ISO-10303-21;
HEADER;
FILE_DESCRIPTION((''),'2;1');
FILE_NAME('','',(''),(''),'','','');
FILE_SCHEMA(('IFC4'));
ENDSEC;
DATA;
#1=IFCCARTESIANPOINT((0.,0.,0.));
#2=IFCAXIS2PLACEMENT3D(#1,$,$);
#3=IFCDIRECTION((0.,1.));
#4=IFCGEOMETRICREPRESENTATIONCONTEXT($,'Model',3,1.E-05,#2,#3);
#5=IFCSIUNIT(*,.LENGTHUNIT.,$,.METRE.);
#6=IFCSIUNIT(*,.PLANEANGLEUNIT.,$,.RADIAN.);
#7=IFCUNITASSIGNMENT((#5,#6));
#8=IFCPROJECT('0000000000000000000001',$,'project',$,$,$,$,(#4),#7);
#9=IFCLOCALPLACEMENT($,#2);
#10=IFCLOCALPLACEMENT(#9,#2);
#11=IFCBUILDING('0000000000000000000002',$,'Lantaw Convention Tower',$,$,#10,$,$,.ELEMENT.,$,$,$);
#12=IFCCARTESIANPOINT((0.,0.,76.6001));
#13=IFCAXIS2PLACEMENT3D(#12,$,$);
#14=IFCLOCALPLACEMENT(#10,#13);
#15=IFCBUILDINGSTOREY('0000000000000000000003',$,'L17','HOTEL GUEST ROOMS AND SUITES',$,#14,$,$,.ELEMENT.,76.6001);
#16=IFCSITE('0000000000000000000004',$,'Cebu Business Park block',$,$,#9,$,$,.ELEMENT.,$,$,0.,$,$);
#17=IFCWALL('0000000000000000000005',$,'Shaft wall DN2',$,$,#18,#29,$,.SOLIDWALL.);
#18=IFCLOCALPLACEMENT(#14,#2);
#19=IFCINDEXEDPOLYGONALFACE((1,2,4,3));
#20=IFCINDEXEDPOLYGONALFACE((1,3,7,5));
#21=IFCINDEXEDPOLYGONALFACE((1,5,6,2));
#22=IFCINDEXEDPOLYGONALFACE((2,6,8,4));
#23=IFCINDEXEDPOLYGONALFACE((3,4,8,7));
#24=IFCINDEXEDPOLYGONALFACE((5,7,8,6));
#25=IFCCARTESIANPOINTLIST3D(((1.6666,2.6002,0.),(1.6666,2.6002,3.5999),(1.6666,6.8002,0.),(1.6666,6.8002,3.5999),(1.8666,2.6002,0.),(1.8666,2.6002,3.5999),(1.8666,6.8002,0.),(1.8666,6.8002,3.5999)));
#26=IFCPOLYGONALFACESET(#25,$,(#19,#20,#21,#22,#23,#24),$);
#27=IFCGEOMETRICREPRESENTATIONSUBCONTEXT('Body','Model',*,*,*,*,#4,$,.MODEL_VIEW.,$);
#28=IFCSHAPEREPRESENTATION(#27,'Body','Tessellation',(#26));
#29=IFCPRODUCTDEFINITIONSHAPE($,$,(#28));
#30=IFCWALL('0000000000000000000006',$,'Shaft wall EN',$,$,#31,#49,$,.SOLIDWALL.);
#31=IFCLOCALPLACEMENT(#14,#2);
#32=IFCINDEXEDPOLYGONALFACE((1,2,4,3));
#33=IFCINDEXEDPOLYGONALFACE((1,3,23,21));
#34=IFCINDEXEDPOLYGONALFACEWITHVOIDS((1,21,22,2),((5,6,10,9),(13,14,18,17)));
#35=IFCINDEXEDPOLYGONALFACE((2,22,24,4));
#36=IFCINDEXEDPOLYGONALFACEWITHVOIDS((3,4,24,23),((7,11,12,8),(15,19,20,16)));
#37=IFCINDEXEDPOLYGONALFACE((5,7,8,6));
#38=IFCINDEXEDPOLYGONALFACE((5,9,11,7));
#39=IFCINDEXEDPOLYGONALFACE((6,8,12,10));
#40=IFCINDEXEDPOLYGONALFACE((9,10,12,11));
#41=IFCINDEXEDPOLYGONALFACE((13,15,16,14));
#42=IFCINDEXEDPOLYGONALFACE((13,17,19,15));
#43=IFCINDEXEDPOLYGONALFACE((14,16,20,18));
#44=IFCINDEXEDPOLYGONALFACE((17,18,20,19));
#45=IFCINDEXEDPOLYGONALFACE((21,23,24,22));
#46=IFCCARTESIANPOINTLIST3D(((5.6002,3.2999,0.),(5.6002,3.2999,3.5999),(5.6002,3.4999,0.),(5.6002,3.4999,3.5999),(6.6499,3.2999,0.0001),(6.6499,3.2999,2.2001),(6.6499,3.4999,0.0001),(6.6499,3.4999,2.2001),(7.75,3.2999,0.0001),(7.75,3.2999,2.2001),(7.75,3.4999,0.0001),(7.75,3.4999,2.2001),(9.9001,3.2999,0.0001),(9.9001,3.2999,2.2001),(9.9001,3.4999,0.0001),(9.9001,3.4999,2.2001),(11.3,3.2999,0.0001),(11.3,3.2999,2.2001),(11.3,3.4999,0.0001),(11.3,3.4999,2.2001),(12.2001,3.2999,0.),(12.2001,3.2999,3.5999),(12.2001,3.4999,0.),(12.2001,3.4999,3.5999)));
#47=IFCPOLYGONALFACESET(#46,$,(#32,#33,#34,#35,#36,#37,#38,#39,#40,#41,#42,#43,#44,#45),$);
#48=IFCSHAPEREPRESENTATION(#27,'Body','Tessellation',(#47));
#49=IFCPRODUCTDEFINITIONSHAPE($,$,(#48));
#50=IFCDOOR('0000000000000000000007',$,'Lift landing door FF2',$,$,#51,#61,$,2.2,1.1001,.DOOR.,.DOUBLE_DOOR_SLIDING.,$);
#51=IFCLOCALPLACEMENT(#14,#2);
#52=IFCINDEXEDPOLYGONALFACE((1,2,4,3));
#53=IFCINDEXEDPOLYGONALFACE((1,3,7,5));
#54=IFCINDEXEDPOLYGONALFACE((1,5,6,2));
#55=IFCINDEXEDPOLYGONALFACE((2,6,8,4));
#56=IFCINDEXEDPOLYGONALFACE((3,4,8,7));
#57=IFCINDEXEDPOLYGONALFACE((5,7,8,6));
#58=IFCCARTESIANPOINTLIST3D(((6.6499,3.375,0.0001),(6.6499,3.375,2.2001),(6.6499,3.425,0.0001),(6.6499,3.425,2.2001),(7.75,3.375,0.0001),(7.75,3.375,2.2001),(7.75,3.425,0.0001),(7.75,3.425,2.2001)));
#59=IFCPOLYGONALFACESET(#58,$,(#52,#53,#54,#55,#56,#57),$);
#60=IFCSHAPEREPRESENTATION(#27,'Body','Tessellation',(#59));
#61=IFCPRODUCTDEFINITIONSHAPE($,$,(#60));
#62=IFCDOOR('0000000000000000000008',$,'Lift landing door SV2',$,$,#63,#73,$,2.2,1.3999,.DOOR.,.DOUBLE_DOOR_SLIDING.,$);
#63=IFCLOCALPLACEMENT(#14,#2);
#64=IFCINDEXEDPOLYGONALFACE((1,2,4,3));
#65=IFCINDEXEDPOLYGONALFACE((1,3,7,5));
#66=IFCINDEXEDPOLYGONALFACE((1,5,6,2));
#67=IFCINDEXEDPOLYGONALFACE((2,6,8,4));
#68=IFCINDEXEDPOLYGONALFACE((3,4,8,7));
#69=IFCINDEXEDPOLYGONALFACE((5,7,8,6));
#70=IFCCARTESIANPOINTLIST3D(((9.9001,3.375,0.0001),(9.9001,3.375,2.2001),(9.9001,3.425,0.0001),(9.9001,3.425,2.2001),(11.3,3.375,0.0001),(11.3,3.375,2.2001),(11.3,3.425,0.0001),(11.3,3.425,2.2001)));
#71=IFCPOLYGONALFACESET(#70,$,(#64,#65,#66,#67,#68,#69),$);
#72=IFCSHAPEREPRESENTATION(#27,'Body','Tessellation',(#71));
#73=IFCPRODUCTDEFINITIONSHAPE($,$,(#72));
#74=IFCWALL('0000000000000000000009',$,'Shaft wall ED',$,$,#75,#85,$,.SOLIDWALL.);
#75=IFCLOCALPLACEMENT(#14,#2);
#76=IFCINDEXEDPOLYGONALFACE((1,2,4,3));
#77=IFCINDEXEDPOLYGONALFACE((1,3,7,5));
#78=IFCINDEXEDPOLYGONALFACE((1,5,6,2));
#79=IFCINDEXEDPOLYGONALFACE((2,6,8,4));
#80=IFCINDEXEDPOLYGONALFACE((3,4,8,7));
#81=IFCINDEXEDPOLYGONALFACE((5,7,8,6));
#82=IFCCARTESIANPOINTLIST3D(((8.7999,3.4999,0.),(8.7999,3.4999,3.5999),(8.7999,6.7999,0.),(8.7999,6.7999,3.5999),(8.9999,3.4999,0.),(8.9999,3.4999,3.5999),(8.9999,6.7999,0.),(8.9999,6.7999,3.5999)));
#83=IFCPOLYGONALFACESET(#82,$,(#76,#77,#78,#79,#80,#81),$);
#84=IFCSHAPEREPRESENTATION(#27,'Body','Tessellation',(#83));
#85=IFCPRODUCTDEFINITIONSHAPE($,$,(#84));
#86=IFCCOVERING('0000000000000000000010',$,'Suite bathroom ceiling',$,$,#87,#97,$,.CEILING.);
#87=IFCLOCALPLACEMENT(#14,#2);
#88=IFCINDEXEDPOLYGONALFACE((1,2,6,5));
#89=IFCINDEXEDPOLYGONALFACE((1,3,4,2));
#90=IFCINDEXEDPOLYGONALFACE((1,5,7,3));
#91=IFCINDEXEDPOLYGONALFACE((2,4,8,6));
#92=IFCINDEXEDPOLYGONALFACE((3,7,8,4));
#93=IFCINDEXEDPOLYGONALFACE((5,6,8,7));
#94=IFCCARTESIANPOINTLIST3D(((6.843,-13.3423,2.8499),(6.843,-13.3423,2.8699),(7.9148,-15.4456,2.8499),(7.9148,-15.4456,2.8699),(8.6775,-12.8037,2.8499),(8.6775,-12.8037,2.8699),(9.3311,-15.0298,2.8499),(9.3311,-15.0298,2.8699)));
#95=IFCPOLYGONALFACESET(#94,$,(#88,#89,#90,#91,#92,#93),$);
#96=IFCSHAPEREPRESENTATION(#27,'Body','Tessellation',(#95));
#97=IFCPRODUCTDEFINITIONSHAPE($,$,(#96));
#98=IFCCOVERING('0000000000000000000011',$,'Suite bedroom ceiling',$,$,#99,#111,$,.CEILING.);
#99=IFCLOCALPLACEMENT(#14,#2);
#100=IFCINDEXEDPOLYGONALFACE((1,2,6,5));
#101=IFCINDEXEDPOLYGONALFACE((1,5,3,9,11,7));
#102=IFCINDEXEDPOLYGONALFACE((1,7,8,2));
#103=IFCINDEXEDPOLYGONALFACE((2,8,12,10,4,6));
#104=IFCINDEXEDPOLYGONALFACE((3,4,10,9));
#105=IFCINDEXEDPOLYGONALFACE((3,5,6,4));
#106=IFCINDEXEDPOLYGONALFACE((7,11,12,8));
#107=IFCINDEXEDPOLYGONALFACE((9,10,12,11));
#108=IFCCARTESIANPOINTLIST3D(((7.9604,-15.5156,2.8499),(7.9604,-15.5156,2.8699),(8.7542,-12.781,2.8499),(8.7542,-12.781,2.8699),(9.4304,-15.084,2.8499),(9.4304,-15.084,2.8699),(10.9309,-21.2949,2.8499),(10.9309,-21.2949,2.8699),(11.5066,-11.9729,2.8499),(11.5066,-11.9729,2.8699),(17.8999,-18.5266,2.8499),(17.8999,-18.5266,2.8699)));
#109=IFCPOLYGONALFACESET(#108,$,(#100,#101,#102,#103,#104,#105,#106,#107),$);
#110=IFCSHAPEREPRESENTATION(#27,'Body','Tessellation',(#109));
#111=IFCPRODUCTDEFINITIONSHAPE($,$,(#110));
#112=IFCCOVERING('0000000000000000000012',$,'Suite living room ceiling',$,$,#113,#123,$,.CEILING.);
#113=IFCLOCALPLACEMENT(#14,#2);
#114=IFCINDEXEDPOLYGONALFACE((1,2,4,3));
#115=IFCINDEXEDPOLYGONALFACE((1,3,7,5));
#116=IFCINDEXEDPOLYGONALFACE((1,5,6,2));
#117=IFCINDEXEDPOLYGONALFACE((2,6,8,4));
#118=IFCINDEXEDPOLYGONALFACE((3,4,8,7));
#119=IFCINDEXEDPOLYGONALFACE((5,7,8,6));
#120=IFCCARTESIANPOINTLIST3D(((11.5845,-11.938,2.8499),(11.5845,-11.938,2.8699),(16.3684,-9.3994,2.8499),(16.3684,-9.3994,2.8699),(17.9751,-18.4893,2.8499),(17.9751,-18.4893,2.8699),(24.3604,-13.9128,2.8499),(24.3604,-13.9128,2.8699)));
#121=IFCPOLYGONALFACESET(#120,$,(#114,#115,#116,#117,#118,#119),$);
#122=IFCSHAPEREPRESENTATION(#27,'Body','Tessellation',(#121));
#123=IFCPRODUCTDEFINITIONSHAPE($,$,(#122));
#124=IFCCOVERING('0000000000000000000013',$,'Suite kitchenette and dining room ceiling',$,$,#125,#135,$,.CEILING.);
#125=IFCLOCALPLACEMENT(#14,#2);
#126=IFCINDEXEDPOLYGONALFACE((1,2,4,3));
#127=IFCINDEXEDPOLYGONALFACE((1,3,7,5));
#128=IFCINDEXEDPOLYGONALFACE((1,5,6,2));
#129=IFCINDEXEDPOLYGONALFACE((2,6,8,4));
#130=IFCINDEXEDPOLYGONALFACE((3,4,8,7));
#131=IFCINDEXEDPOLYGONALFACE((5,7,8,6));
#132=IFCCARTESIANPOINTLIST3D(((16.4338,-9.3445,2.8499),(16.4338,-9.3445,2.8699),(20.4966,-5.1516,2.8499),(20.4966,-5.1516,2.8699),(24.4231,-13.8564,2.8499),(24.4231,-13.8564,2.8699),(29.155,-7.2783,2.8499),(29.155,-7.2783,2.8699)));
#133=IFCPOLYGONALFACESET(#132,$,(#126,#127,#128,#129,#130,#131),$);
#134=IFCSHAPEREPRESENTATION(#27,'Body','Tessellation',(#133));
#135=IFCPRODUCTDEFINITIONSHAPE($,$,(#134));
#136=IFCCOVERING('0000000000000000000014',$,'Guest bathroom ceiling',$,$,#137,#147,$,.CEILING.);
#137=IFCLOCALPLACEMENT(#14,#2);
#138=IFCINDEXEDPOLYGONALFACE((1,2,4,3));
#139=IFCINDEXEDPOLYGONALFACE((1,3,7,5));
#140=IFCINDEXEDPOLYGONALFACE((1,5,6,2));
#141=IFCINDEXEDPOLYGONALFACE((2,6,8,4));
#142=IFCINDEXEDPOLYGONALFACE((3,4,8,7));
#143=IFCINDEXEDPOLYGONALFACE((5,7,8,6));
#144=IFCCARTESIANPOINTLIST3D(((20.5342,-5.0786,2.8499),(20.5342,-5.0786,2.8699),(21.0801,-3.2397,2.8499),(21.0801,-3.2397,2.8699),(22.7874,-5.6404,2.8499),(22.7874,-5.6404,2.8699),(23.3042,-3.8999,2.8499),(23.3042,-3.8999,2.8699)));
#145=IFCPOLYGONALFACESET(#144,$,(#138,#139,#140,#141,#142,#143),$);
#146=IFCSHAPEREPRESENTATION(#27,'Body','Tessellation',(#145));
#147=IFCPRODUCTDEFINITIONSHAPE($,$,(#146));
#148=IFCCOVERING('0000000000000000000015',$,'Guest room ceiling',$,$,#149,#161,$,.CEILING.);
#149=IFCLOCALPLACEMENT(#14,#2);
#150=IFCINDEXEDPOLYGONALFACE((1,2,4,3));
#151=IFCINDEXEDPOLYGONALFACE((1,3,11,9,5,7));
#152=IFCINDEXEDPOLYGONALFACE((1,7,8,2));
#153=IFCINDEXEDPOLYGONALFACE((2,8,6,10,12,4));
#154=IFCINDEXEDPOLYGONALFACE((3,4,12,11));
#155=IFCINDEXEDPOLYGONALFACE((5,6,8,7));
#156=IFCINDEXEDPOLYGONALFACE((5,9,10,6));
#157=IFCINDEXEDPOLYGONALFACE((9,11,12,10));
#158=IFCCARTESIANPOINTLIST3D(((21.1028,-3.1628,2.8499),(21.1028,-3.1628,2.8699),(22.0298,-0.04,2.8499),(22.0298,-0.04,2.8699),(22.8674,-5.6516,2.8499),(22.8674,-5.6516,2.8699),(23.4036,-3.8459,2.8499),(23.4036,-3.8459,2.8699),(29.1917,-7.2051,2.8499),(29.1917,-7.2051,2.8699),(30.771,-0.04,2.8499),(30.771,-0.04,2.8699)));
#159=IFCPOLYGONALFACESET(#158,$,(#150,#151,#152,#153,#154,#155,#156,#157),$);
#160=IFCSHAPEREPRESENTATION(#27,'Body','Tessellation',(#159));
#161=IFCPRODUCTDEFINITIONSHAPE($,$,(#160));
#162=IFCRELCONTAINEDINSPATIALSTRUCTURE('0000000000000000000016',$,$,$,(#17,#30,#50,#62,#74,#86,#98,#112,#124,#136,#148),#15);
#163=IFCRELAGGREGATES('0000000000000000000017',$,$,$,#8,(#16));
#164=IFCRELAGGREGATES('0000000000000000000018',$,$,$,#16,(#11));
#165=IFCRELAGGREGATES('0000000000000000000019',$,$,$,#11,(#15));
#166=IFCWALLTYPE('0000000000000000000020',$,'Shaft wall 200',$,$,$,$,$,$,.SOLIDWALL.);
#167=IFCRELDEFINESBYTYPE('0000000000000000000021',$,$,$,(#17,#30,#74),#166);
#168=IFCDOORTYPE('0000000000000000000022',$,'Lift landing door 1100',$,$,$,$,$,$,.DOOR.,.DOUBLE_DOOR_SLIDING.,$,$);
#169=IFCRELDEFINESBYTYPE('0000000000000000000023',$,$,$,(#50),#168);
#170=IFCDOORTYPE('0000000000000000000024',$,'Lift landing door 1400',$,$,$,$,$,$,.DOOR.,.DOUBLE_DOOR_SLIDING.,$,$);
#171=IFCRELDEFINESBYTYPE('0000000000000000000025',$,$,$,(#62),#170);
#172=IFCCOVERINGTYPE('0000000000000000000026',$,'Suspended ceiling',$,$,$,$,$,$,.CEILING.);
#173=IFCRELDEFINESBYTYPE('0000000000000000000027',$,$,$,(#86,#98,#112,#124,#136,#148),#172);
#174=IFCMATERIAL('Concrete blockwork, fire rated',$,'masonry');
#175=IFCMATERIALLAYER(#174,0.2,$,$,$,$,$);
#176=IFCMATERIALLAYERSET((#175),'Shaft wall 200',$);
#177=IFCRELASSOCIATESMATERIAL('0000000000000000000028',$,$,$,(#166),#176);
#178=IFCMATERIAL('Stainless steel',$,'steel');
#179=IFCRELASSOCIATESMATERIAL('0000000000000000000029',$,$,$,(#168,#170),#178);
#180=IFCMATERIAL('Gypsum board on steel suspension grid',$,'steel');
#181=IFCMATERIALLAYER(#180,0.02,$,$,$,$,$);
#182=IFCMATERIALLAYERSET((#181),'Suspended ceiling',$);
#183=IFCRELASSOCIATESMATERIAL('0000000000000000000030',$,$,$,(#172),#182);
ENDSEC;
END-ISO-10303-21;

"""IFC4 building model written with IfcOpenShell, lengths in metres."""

from ifc_helpers import new_model, si_unit, direction, frame, frame_2d, origin, place, context, subcontext, project, spatial, polyline, rectangle, outline, extrude, material, layer, layer_set, type_object, element, fill, save


model = new_model("IFC4")

# Units and contexts
model_context = context("Model", 3, precision=1e-05, world=origin(), true_north=direction((0.0, 1.0)))
body_context = subcontext(model_context, "Body", "Model", "MODEL_VIEW")
ifc_project = project(units=[si_unit("LENGTHUNIT", "METRE"), si_unit("PLANEANGLEUNIT", "RADIAN")], contexts=[model_context])

# Site, building, storey
site_placement = place(None, origin())
site = spatial("IfcSite", under=ifc_project, at=site_placement, Name="Cebu Business Park block", CompositionType="ELEMENT", RefElevation=0.0)
building_placement = place(site_placement, origin())
building = spatial("IfcBuilding", under=site, at=building_placement, Name="Lantaw Convention Tower", CompositionType="ELEMENT")
storey_placement = place(building_placement, frame((0.0, 0.0, 76.6001)))
storey = spatial("IfcBuildingStorey", under=building, at=storey_placement, Name="L17", Description="HOTEL GUEST ROOMS AND SUITES", CompositionType="ELEMENT", Elevation=76.6001)

# Wall
ifc_material_1 = material(Name="Concrete blockwork, fire rated", Category="masonry")
ifc_layer_1 = layer(ifc_material_1, 0.2)
ifc_layer_set_1 = layer_set([ifc_layer_1], Name="Shaft wall 200")
wall_type_1 = type_object("IfcWallType", Name="Shaft wall 200", PredefinedType="SOLIDWALL", material=ifc_layer_set_1)
wall_1_placement = place(storey_placement, frame((1.7666, 2.6001, 0.0), z_axis=(0.0, 0.0, 1.0), x_axis=(0.0, 1.0, 0.0)))
element("IfcWall", 1, at=wall_1_placement, inside=storey, type_object=wall_type_1, Name="Shaft wall DN2", PredefinedType="SOLIDWALL", context=body_context, shape_type="SweptSolid", body=[
    extrude(rectangle(XDim=4.2, YDim=0.2, at=frame_2d((2.1001, 0.0))), origin(), (0.0, 0.0, 1.0), 3.5999),
])

# Wall, openings, doors
wall_2_placement = place(storey_placement, frame((12.2, 3.3999, 0.0), z_axis=(0.0, 0.0, 1.0), x_axis=(-1.0, 0.0, 0.0)))
wall_2 = element("IfcWall", 2, at=wall_2_placement, inside=storey, type_object=wall_type_1, Name="Shaft wall EN", PredefinedType="SOLIDWALL", context=body_context, shape_type="SweptSolid", body=[
    extrude(rectangle(XDim=6.5999, YDim=0.2, at=frame_2d((3.2998, 0.0))), origin(), (0.0, 0.0, 1.0), 3.5999),
])
opening_1_placement = place(wall_2_placement, frame((4.45, 0.0, 0.0)))
opening_1 = element("IfcOpeningElement", 3, at=opening_1_placement, cuts=wall_2, PredefinedType="OPENING", context=body_context, shape_type="SweptSolid", body=[
    extrude(rectangle(XDim=1.1001, YDim=2.2, at=frame_2d((0.55, 1.1001))), frame((0.0, 0.1099, 0.0), z_axis=(0.0, -1.0, 0.0), x_axis=(1.0, 0.0, 0.0)), (0.0, 0.0, 1.0), 0.22),
])
opening_2_placement = place(wall_2_placement, frame((0.8999, 0.0, 0.0)))
opening_2 = element("IfcOpeningElement", 4, at=opening_2_placement, cuts=wall_2, PredefinedType="OPENING", context=body_context, shape_type="SweptSolid", body=[
    extrude(rectangle(XDim=1.3999, YDim=2.2, at=frame_2d((0.7, 1.1001))), frame((0.0, 0.1099, 0.0), z_axis=(0.0, -1.0, 0.0), x_axis=(1.0, 0.0, 0.0)), (0.0, 0.0, 1.0), 0.22),
])
ifc_material_2 = material(Name="Stainless steel", Category="steel")
door_type_1 = type_object("IfcDoorType", Name="Lift landing door 1100", OperationType="DOUBLE_DOOR_SLIDING", PredefinedType="DOOR", material=ifc_material_2)
door_1_placement = place(opening_1_placement, origin())
door_1 = element("IfcDoor", 5, at=door_1_placement, inside=storey, type_object=door_type_1, Name="Lift landing door FF2", OperationType="DOUBLE_DOOR_SLIDING", OverallHeight=2.2, OverallWidth=1.1001, PredefinedType="DOOR", context=body_context, shape_type="SweptSolid", body=[
    extrude(rectangle(XDim=1.1001, YDim=2.2, at=frame_2d((0.55, 1.1001))), frame((0.0, 0.0249, 0.0), z_axis=(0.0, -1.0, 0.0), x_axis=(1.0, 0.0, 0.0)), (0.0, 0.0, 1.0), 0.05),
])
fill(opening_1, door_1)
door_type_2 = type_object("IfcDoorType", Name="Lift landing door 1400", OperationType="DOUBLE_DOOR_SLIDING", PredefinedType="DOOR", material=ifc_material_2)
door_2_placement = place(opening_2_placement, origin())
door_2 = element("IfcDoor", 6, at=door_2_placement, inside=storey, type_object=door_type_2, Name="Lift landing door SV2", OperationType="DOUBLE_DOOR_SLIDING", OverallHeight=2.2, OverallWidth=1.3999, PredefinedType="DOOR", context=body_context, shape_type="SweptSolid", body=[
    extrude(rectangle(XDim=1.3999, YDim=2.2, at=frame_2d((0.7, 1.1001))), frame((0.0, 0.0249, 0.0), z_axis=(0.0, -1.0, 0.0), x_axis=(1.0, 0.0, 0.0)), (0.0, 0.0, 1.0), 0.05),
])
fill(opening_2, door_2)

# Wall
wall_3_placement = place(storey_placement, frame((8.8999, 3.5, 0.0), z_axis=(0.0, 0.0, 1.0), x_axis=(0.0, 1.0, 0.0)))
element("IfcWall", 7, at=wall_3_placement, inside=storey, type_object=wall_type_1, Name="Shaft wall ED", PredefinedType="SOLIDWALL", context=body_context, shape_type="SweptSolid", body=[
    extrude(rectangle(XDim=3.3, YDim=0.2, at=frame_2d((1.6499, 0.0))), origin(), (0.0, 0.0, 1.0), 3.5999),
])

# Coverings
ifc_material_3 = material(Name="Gypsum board on steel suspension grid", Category="steel")
ifc_layer_2 = layer(ifc_material_3, 0.02)
ifc_layer_set_2 = layer_set([ifc_layer_2], Name="Suspended ceiling")
covering_type = type_object("IfcCoveringType", Name="Suspended ceiling", PredefinedType="CEILING", material=ifc_layer_set_2)
covering_1_placement = place(storey_placement, frame((0.0, 0.0, 2.8499)))
element("IfcCovering", 8, at=covering_1_placement, inside=storey, type_object=covering_type, Name="Suite bathroom ceiling", PredefinedType="CEILING", context=body_context, shape_type="SweptSolid", body=[
    extrude(outline(polyline([(6.843, -13.3423), (7.9148, -15.4456), (9.3311, -15.0298), (8.6775, -12.8037), (6.843, -13.3423)])), origin(), (0.0, 0.0, 1.0), 0.02),
])
covering_2_placement = place(storey_placement, frame((0.0, 0.0, 2.8499)))
element("IfcCovering", 9, at=covering_2_placement, inside=storey, type_object=covering_type, Name="Suite bedroom ceiling", PredefinedType="CEILING", context=body_context, shape_type="SweptSolid", body=[
    extrude(outline(polyline([(11.5066, -11.9729), (8.7542, -12.781), (9.4304, -15.084), (7.9604, -15.5156), (10.9309, -21.2949), (17.8999, -18.5266), (11.5066, -11.9729)])), origin(), (0.0, 0.0, 1.0), 0.02),
])
covering_3_placement = place(storey_placement, frame((0.0, 0.0, 2.8499)))
element("IfcCovering", 10, at=covering_3_placement, inside=storey, type_object=covering_type, Name="Suite living room ceiling", PredefinedType="CEILING", context=body_context, shape_type="SweptSolid", body=[
    extrude(outline(polyline([(11.5845, -11.938), (17.9751, -18.4893), (24.3604, -13.9128), (16.3684, -9.3994), (11.5845, -11.938)])), origin(), (0.0, 0.0, 1.0), 0.02),
])
covering_4_placement = place(storey_placement, frame((0.0, 0.0, 2.8499)))
element("IfcCovering", 11, at=covering_4_placement, inside=storey, type_object=covering_type, Name="Suite kitchenette and dining room ceiling", PredefinedType="CEILING", context=body_context, shape_type="SweptSolid", body=[
    extrude(outline(polyline([(16.4338, -9.3445), (24.4231, -13.8564), (29.155, -7.2783), (20.4966, -5.1516), (16.4338, -9.3445)])), origin(), (0.0, 0.0, 1.0), 0.02),
])
covering_5_placement = place(storey_placement, frame((0.0, 0.0, 2.8499)))
element("IfcCovering", 12, at=covering_5_placement, inside=storey, type_object=covering_type, Name="Guest bathroom ceiling", PredefinedType="CEILING", context=body_context, shape_type="SweptSolid", body=[
    extrude(outline(polyline([(20.5342, -5.0786), (22.7874, -5.6404), (23.3042, -3.8999), (21.0801, -3.2397), (20.5342, -5.0786)])), origin(), (0.0, 0.0, 1.0), 0.02),
])
covering_6_placement = place(storey_placement, frame((0.0, 0.0, 2.8499)))
element("IfcCovering", 13, at=covering_6_placement, inside=storey, type_object=covering_type, Name="Guest room ceiling", PredefinedType="CEILING", context=body_context, shape_type="SweptSolid", body=[
    extrude(outline(polyline([(22.0298, -0.04), (21.1028, -3.1628), (23.4036, -3.8459), (22.8674, -5.6516), (29.1917, -7.2051), (30.771, -0.04), (22.0298, -0.04)])), origin(), (0.0, 0.0, 1.0), 0.02),
])

save(model, "model.ifc")
